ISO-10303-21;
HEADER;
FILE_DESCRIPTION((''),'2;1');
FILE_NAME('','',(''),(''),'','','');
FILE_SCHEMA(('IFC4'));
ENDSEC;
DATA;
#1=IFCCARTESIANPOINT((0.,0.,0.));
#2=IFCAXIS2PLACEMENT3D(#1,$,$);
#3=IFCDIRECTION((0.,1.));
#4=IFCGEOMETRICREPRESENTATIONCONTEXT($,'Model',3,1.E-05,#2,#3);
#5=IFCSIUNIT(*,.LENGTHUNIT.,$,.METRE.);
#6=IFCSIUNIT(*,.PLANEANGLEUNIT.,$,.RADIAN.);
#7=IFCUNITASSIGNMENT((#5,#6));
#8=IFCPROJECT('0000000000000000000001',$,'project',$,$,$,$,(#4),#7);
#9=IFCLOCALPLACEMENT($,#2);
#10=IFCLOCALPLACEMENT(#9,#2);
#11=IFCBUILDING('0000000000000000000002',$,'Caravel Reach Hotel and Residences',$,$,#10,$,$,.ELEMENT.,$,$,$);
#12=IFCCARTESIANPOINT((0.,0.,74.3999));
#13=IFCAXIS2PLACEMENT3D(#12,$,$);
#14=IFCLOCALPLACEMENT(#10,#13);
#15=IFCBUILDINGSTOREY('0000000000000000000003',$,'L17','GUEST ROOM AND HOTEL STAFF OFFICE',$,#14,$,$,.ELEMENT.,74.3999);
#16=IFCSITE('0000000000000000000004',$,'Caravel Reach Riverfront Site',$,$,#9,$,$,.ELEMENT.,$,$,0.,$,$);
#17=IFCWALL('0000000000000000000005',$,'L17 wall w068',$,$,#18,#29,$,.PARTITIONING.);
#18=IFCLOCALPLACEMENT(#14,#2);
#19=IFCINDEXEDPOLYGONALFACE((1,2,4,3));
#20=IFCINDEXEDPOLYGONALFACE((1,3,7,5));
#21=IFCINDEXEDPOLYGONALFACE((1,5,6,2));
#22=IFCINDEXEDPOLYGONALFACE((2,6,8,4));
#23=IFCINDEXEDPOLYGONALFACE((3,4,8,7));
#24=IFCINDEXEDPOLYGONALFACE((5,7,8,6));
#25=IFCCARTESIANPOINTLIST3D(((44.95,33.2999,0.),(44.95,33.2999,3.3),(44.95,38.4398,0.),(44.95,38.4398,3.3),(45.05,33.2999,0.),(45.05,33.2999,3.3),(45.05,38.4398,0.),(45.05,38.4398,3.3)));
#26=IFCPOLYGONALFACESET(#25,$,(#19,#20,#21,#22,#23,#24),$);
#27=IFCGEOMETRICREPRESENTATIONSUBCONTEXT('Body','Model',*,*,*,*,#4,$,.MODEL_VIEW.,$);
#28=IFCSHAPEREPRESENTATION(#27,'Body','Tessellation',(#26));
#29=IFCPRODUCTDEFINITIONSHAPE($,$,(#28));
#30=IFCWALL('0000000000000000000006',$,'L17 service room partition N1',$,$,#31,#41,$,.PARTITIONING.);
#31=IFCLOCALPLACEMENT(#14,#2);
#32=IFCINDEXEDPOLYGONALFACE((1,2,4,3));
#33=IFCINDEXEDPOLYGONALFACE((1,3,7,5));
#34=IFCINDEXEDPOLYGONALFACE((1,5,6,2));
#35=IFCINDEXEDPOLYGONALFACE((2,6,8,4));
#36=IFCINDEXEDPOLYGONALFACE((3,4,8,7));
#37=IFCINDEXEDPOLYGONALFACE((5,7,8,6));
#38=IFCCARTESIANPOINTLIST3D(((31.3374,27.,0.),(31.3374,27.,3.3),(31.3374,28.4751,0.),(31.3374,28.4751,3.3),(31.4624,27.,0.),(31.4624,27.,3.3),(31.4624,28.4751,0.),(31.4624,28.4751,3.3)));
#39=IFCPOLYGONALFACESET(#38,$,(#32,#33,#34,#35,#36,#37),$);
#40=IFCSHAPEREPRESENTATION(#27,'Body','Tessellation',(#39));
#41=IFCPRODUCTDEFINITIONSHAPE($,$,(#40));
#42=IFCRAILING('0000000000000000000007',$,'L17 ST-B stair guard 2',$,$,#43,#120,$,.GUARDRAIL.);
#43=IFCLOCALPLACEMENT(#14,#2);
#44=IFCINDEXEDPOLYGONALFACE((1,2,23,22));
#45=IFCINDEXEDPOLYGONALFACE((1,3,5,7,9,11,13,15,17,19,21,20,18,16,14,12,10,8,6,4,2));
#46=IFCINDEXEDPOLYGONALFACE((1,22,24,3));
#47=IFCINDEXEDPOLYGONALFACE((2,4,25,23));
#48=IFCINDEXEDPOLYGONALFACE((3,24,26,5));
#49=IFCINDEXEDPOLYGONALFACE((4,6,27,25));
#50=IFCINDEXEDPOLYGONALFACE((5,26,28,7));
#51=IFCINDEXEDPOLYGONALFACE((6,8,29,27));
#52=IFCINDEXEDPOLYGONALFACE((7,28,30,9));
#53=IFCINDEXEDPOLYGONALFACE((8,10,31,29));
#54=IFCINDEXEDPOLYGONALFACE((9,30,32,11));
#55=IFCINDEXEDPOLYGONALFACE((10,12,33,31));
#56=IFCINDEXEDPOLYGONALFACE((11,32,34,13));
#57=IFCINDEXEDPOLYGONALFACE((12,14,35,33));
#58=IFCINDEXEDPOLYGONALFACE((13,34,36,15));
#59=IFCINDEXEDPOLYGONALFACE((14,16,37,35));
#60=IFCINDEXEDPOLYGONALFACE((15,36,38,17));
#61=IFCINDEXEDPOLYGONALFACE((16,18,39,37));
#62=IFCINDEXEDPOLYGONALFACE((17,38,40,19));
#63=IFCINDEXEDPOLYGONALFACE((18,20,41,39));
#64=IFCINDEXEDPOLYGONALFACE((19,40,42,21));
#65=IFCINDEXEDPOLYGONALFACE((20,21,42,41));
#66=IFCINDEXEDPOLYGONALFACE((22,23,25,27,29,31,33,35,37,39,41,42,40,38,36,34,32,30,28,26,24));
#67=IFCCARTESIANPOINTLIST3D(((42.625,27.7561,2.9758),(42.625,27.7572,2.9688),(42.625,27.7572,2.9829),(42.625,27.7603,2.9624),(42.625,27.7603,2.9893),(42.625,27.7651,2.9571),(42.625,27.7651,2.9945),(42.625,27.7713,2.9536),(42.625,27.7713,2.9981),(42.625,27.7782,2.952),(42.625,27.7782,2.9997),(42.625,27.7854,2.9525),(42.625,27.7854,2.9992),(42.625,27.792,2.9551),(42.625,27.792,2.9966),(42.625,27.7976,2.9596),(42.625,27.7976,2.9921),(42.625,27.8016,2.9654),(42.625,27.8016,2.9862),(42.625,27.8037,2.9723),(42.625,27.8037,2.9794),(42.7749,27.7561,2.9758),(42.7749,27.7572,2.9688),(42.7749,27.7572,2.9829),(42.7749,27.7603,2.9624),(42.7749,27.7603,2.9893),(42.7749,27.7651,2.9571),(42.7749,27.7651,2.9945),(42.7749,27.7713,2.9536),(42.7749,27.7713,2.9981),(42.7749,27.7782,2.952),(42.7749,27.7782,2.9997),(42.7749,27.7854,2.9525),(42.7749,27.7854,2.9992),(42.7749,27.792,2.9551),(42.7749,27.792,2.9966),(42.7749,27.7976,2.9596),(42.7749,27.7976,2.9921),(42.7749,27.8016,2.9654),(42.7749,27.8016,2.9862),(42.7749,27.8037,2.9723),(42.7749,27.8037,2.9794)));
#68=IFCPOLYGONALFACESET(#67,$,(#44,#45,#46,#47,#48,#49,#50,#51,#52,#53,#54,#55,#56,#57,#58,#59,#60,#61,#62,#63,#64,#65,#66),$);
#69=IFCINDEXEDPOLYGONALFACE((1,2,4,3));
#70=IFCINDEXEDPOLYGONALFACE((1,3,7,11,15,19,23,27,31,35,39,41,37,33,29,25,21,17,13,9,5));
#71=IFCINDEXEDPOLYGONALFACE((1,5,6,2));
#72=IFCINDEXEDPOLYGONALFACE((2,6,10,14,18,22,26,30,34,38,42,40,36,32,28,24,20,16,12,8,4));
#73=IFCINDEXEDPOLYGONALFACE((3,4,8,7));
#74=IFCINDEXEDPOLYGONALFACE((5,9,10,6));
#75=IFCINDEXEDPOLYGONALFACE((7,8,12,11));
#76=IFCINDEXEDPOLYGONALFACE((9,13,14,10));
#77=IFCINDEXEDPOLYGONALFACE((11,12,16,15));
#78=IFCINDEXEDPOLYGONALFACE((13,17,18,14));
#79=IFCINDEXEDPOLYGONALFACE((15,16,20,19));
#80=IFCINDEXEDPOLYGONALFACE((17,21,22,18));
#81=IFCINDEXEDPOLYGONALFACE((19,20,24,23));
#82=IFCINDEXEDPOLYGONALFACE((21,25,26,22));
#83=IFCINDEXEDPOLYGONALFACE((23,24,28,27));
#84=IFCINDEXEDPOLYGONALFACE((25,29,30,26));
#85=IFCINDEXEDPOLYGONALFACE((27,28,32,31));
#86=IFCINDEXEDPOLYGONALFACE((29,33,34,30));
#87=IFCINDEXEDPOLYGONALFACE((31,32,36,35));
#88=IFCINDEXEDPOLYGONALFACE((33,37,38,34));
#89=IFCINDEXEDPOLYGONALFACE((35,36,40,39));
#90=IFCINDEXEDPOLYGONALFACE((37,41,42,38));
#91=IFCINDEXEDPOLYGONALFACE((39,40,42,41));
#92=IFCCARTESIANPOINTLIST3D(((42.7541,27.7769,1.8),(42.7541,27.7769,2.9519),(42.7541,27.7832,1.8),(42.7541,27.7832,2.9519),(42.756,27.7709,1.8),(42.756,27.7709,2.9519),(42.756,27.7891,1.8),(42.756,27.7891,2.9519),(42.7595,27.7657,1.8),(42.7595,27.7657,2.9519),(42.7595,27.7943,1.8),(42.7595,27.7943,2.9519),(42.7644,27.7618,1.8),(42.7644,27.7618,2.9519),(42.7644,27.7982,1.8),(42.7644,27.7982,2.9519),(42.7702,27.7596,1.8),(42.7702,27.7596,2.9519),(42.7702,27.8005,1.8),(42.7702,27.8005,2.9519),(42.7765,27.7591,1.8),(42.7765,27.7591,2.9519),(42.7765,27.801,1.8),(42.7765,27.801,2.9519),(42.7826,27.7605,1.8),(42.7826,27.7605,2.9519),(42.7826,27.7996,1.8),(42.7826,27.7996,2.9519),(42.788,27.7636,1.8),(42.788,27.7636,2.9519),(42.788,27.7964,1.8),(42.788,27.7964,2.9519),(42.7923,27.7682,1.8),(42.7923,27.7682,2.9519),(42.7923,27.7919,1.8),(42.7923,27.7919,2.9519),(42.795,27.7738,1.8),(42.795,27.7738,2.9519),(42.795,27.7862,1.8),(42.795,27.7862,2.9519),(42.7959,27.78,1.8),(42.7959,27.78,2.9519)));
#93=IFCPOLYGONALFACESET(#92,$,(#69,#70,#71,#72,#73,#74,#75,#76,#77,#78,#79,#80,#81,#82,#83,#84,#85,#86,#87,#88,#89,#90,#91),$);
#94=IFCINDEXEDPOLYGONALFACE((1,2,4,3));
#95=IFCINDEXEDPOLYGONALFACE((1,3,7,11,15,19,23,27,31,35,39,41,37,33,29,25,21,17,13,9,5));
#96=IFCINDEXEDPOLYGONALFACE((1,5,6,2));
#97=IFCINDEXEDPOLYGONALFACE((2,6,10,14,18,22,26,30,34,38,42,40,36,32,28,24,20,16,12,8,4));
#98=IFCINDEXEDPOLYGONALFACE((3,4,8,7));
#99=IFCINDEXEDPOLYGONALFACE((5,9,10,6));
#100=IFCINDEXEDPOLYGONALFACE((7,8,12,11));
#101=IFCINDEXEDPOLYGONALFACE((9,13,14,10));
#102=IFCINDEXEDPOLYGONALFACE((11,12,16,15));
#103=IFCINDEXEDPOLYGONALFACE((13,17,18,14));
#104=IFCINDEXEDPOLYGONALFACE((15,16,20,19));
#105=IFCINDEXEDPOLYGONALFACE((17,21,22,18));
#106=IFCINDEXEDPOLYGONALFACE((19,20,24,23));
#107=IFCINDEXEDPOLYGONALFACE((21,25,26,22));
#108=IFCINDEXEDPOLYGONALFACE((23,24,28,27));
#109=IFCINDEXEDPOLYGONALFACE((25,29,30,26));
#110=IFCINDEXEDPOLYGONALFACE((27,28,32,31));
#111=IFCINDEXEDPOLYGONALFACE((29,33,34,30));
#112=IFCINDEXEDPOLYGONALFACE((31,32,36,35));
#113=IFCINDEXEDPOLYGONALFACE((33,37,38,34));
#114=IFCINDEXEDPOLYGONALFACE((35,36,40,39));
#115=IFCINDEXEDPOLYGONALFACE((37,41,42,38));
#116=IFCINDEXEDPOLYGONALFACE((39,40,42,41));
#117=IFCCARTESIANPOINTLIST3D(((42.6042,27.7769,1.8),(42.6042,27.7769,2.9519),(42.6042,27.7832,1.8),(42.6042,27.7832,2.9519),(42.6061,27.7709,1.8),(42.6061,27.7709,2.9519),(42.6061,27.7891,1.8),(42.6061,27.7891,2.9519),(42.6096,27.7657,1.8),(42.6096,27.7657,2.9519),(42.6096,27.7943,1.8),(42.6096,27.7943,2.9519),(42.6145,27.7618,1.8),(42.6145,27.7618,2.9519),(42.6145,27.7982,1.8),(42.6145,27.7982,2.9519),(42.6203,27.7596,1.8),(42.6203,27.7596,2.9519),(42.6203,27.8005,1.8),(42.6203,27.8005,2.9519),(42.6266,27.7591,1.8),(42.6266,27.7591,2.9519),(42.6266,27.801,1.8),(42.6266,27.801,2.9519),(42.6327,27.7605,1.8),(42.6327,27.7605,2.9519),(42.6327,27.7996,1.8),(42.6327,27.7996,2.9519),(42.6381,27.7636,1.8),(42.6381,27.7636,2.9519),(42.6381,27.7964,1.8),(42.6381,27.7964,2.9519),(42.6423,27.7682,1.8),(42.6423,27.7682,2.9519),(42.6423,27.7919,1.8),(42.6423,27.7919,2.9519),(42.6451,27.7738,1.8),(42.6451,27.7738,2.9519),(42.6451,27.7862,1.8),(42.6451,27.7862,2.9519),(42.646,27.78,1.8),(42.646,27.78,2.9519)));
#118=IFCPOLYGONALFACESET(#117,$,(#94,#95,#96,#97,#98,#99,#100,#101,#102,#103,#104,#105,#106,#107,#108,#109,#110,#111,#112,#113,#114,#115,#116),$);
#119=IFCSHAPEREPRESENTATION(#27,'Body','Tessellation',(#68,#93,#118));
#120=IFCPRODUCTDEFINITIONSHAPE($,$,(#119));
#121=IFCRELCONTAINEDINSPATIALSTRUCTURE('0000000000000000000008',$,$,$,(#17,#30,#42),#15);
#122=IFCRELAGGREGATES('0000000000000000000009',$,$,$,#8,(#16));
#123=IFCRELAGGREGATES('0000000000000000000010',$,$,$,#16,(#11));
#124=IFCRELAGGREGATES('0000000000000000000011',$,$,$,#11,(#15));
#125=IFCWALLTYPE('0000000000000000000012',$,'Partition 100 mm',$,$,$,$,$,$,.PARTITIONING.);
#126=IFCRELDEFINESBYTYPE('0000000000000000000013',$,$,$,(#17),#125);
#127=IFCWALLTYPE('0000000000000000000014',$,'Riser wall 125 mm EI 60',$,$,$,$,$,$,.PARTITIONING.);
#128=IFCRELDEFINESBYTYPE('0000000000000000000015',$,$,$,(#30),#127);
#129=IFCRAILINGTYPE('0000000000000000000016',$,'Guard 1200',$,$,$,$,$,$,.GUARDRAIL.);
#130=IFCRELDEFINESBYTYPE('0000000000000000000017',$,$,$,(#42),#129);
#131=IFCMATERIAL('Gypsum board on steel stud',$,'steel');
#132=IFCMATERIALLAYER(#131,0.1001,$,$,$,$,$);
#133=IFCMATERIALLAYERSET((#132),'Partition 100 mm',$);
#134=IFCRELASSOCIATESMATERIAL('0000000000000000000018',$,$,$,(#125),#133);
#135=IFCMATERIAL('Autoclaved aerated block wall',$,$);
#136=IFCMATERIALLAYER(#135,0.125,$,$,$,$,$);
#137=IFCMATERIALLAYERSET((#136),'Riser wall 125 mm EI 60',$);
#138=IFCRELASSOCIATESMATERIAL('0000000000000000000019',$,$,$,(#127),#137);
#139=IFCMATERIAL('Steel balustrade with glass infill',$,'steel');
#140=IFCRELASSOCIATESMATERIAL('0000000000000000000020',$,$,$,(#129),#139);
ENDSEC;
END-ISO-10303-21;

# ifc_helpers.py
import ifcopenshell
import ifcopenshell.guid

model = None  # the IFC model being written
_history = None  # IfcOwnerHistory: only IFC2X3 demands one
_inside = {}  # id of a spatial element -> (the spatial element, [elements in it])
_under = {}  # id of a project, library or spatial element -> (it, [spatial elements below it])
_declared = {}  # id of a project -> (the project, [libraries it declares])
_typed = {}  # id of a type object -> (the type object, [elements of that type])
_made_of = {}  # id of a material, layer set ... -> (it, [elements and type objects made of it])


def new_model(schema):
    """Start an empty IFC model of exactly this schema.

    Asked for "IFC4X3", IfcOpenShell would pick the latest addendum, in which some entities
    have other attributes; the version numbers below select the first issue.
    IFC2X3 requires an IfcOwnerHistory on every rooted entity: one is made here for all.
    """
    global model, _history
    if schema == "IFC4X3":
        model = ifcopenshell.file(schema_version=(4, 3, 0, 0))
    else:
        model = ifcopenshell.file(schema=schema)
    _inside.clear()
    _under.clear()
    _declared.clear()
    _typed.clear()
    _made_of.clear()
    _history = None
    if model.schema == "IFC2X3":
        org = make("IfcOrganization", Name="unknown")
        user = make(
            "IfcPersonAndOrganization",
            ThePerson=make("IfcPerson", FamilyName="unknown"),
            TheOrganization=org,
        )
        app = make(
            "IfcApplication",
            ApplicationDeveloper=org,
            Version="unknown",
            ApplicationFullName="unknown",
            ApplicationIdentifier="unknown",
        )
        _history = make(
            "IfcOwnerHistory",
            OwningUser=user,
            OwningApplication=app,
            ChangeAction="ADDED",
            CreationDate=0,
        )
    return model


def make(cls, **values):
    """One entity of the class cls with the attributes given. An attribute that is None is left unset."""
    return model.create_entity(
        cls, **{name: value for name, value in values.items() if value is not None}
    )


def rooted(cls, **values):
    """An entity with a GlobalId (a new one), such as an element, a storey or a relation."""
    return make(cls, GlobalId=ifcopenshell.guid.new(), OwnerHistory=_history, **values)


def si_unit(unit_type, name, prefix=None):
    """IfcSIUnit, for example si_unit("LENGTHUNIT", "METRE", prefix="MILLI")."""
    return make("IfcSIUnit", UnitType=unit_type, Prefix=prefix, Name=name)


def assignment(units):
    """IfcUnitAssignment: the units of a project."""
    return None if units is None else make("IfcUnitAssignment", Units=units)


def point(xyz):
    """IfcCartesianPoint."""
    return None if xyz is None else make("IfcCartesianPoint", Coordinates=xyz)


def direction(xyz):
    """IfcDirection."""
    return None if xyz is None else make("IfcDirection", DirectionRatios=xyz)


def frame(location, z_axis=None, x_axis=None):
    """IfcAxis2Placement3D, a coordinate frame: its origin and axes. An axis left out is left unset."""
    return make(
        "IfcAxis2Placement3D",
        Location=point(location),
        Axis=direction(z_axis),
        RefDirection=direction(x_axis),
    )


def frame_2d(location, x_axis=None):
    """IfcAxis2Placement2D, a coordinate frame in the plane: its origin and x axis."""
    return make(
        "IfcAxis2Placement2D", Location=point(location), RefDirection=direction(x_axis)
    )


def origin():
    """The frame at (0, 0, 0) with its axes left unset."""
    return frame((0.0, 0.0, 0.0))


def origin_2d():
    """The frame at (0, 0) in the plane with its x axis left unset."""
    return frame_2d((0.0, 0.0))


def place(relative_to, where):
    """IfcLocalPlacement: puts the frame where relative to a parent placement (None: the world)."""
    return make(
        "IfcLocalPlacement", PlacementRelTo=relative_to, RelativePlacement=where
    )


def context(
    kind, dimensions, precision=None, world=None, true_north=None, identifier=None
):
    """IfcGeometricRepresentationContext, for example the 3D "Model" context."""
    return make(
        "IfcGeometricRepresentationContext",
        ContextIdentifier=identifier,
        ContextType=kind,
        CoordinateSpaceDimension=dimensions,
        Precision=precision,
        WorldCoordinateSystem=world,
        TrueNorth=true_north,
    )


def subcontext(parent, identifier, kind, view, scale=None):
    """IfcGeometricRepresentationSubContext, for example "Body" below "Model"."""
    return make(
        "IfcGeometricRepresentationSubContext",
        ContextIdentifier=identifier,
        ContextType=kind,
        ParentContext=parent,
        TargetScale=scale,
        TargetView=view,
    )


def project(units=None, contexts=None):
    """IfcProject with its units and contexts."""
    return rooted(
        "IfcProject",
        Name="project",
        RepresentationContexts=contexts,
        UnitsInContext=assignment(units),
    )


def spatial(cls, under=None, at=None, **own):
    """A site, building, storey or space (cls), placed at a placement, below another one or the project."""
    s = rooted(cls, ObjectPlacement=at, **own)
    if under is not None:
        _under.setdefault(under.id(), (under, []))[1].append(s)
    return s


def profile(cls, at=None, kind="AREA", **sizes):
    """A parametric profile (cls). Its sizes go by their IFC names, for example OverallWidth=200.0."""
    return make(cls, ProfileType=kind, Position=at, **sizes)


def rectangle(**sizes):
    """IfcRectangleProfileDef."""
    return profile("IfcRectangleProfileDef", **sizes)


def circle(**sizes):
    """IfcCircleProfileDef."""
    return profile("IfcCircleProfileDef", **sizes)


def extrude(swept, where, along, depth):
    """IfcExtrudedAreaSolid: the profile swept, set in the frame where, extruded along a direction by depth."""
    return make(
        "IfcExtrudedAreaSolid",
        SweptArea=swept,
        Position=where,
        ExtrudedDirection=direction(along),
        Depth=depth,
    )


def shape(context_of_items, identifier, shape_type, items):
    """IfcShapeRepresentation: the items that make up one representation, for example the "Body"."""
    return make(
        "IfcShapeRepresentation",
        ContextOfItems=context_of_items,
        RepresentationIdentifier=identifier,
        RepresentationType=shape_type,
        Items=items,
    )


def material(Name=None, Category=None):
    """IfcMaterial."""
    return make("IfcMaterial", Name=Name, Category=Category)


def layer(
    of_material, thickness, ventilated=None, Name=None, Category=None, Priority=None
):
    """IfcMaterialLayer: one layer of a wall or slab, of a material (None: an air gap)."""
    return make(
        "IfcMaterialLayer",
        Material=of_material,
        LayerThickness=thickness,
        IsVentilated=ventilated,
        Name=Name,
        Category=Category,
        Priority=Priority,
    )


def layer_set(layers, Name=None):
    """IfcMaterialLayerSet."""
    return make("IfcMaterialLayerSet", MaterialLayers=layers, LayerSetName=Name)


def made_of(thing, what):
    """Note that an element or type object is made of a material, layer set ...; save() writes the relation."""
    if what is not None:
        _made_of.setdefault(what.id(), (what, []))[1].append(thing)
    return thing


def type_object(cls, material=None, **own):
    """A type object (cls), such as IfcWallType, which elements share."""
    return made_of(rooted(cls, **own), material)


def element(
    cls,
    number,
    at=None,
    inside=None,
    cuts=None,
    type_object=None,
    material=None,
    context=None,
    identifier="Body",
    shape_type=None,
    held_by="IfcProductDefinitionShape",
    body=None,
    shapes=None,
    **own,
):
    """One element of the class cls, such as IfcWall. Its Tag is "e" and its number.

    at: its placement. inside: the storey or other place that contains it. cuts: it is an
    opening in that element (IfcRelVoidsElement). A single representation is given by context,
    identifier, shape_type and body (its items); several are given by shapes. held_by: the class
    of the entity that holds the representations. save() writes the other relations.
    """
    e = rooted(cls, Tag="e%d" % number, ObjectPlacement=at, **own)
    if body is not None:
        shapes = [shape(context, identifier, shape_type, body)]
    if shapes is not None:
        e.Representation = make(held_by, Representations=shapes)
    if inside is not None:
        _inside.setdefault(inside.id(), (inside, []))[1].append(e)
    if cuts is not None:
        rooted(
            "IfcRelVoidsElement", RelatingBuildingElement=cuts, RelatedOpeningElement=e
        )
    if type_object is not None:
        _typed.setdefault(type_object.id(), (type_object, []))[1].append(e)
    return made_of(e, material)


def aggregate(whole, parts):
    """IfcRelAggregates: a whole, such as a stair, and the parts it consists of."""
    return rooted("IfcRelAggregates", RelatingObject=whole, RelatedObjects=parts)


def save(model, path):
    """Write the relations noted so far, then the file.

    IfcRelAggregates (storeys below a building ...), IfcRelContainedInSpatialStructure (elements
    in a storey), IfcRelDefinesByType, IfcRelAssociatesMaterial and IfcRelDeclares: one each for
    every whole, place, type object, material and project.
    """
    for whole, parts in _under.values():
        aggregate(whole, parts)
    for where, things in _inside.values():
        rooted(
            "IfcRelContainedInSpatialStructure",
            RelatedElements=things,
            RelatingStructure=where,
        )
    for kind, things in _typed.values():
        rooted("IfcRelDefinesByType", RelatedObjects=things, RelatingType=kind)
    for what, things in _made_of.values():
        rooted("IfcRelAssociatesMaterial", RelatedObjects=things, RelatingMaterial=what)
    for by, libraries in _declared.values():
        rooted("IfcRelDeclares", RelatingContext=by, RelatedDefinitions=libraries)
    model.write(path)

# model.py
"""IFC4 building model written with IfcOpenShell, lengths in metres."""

from ifc_helpers import new_model, si_unit, direction, frame, frame_2d, origin, origin_2d, place, context, subcontext, project, spatial, rectangle, circle, extrude, material, layer, layer_set, type_object, element, save


model = new_model("IFC4")

# Units and contexts
model_context = context("Model", 3, precision=1e-05, world=origin(), true_north=direction((0.0, 1.0)))
body_context = subcontext(model_context, "Body", "Model", "MODEL_VIEW")
ifc_project = project(units=[si_unit("LENGTHUNIT", "METRE"), si_unit("PLANEANGLEUNIT", "RADIAN")], contexts=[model_context])

# Site, building, storey
site_placement = place(None, origin())
site = spatial("IfcSite", under=ifc_project, at=site_placement, Name="Caravel Reach Riverfront Site", CompositionType="ELEMENT", RefElevation=0.0)
building_placement = place(site_placement, origin())
building = spatial("IfcBuilding", under=site, at=building_placement, Name="Caravel Reach Hotel and Residences", CompositionType="ELEMENT")
storey_placement = place(building_placement, frame((0.0, 0.0, 74.3999)))
storey = spatial("IfcBuildingStorey", under=building, at=storey_placement, Name="L17", Description="GUEST ROOM AND HOTEL STAFF OFFICE", CompositionType="ELEMENT", Elevation=74.3999)

# Walls
ifc_material_1 = material(Name="Gypsum board on steel stud", Category="steel")
ifc_layer_1 = layer(ifc_material_1, 0.1001)
ifc_layer_set_1 = layer_set([ifc_layer_1], Name="Partition 100 mm")
wall_type_1 = type_object("IfcWallType", Name="Partition 100 mm", PredefinedType="PARTITIONING", material=ifc_layer_set_1)
wall_1_placement = place(storey_placement, frame((45.0, 33.3, 0.0), z_axis=(0.0, 0.0, 1.0), x_axis=(0.0, 1.0, 0.0)))
element("IfcWall", 1, at=wall_1_placement, inside=storey, type_object=wall_type_1, Name="L17 wall w068", PredefinedType="PARTITIONING", context=body_context, shape_type="SweptSolid", body=[
    extrude(rectangle(XDim=5.1399, YDim=0.1001, at=frame_2d((2.5698, 0.0))), origin(), (0.0, 0.0, 1.0), 3.3),
])
ifc_material_2 = material(Name="Autoclaved aerated block wall")
ifc_layer_2 = layer(ifc_material_2, 0.125)
ifc_layer_set_2 = layer_set([ifc_layer_2], Name="Riser wall 125 mm EI 60")
wall_type_2 = type_object("IfcWallType", Name="Riser wall 125 mm EI 60", PredefinedType="PARTITIONING", material=ifc_layer_set_2)
wall_2_placement = place(storey_placement, frame((31.3999, 28.4751, 0.0), z_axis=(0.0, 0.0, 1.0), x_axis=(0.0, -1.0, 0.0)))
element("IfcWall", 2, at=wall_2_placement, inside=storey, type_object=wall_type_2, Name="L17 service room partition N1", PredefinedType="PARTITIONING", context=body_context, shape_type="SweptSolid", body=[
    extrude(rectangle(XDim=1.4751, YDim=0.125, at=frame_2d((0.7375, 0.0))), origin(), (0.0, 0.0, 1.0), 3.3),
])

# Railing
ifc_material_3 = material(Name="Steel balustrade with glass infill", Category="steel")
railing_type_1 = type_object("IfcRailingType", Name="Guard 1200", PredefinedType="GUARDRAIL", material=ifc_material_3)
railing_1_placement = place(storey_placement, frame((42.7749, 27.78, 1.8)))
element("IfcRailing", 3, at=railing_1_placement, inside=storey, type_object=railing_type_1, Name="L17 ST-B stair guard 2", PredefinedType="GUARDRAIL", context=body_context, shape_type="SweptSolid", body=[
    extrude(circle(Radius=0.0239, at=origin_2d()), frame((0.0, 0.0, 1.1758), z_axis=(-1.0, 0.0, 0.0), x_axis=(0.0, -1.0, 0.0)), (0.0, 0.0, 1.0), 0.1499),
    extrude(circle(Radius=0.021, at=origin_2d()), origin(), (0.0, 0.0, 1.0), 1.1519),
    extrude(circle(Radius=0.021, at=origin_2d()), frame((-0.1499, 0.0, 0.0)), (0.0, 0.0, 1.0), 1.1519),
])

save(model, "model.ifc")
